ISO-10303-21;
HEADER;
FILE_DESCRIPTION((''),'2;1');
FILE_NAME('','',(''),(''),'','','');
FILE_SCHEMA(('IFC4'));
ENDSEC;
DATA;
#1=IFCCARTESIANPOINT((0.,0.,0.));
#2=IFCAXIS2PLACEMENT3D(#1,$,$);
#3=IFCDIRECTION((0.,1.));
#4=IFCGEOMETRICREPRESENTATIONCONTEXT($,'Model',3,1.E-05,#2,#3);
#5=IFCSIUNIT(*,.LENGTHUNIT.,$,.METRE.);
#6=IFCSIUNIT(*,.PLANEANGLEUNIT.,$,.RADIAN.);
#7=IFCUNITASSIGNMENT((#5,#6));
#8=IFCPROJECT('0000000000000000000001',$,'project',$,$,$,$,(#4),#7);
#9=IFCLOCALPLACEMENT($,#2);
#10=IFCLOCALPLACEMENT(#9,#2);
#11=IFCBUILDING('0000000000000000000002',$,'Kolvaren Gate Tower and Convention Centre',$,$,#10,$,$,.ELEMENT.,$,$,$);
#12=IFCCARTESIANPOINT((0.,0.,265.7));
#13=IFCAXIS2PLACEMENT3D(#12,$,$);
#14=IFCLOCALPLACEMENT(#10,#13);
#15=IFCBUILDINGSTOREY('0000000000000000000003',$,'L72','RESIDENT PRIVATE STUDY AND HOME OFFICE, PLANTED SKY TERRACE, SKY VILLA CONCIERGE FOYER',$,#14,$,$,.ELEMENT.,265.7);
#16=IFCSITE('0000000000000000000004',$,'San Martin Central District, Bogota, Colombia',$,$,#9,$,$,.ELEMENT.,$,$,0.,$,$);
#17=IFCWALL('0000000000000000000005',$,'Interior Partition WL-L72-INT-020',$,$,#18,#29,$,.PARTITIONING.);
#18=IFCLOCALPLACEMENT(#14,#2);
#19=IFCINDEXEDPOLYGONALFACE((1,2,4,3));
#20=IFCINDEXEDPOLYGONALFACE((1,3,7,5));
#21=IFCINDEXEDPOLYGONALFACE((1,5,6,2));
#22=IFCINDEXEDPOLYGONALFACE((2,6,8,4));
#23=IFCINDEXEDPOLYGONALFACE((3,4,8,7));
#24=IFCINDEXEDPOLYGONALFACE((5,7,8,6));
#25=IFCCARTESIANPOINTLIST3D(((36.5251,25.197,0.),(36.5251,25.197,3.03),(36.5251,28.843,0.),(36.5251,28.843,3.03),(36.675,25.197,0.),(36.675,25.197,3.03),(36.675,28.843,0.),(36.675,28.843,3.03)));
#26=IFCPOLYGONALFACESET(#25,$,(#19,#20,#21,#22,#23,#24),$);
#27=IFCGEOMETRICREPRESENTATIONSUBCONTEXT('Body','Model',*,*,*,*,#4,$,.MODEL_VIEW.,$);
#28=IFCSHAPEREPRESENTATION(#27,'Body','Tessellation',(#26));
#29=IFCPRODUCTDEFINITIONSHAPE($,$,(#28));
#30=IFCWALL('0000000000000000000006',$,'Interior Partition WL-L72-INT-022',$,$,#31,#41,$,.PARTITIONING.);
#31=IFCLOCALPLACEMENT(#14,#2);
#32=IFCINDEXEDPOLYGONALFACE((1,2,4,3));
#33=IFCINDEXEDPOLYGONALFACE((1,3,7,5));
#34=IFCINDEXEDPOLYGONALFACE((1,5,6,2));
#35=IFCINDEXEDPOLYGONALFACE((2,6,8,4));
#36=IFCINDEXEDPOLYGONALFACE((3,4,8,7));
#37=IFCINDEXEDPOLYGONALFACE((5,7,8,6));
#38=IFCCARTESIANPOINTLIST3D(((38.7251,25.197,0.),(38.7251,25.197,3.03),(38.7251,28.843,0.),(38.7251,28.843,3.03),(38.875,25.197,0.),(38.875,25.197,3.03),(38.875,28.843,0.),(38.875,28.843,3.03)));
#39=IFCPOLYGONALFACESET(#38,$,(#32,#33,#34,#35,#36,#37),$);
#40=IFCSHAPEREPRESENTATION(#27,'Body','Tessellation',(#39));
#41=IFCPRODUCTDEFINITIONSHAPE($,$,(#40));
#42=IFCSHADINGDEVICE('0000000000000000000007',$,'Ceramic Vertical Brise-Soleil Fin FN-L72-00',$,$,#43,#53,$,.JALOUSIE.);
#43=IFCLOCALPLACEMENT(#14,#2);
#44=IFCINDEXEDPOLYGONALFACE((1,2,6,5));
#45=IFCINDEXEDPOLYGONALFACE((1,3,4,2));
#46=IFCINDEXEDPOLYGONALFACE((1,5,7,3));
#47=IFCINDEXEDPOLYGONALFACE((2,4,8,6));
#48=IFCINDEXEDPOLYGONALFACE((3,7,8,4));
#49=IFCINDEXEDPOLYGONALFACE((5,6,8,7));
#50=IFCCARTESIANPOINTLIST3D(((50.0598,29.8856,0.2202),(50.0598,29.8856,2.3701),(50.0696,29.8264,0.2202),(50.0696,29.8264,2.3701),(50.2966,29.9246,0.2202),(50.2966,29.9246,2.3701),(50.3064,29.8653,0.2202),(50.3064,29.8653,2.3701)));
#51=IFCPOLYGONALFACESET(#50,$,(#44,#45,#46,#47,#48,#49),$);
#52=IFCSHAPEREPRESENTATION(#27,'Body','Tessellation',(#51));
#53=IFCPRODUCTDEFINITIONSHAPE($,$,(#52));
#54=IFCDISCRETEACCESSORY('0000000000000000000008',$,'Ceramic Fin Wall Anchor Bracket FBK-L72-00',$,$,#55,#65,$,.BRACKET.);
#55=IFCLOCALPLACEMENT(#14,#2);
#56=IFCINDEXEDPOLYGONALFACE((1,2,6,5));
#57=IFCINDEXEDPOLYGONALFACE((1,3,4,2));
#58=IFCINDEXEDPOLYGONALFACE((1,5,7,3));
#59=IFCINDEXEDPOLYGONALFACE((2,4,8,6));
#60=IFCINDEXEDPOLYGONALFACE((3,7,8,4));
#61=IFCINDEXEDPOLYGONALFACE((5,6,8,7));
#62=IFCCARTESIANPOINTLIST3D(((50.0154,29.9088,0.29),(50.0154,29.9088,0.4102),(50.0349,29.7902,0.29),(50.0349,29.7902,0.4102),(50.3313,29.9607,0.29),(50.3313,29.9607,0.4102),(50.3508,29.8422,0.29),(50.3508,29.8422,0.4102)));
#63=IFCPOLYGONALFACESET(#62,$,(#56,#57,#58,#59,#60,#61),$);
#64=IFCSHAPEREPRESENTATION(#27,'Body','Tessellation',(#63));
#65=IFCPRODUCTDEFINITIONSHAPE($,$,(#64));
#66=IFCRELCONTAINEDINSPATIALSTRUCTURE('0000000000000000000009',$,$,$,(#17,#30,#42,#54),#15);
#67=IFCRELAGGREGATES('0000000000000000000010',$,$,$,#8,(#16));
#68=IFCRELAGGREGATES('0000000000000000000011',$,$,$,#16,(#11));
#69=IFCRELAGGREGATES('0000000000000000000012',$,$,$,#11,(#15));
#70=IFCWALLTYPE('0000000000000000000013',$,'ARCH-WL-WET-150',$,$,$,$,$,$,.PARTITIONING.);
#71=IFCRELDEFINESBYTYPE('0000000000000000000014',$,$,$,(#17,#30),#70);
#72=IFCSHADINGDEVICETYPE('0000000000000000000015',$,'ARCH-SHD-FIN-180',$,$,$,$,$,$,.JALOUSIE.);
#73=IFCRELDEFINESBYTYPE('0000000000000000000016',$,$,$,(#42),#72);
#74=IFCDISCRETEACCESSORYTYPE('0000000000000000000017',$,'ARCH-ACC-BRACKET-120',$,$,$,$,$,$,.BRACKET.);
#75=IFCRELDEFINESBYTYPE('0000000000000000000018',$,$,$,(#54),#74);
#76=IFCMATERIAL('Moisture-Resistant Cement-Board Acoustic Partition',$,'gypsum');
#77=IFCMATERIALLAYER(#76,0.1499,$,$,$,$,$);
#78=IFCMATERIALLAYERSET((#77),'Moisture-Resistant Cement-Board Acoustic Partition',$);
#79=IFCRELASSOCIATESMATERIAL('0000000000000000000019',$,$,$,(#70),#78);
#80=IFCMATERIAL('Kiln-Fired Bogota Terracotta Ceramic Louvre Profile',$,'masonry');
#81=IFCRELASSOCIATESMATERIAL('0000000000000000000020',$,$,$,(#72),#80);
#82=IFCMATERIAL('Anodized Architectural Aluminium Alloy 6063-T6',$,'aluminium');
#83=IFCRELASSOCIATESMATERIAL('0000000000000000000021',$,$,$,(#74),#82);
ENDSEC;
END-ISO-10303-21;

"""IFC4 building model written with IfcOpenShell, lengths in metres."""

from ifc_helpers import new_model, si_unit, direction, frame, frame_2d, origin, origin_2d, place, context, subcontext, project, spatial, rectangle, extrude, material, layer, layer_set, type_object, element, save


model = new_model("IFC4")

# Units and contexts
model_context = context("Model", 3, precision=1e-05, world=origin(), true_north=direction((0.0, 1.0)))
body_context = subcontext(model_context, "Body", "Model", "MODEL_VIEW")
ifc_project = project(units=[si_unit("LENGTHUNIT", "METRE"), si_unit("PLANEANGLEUNIT", "RADIAN")], contexts=[model_context])

# Site, building, storey
site_placement = place(None, origin())
site = spatial("IfcSite", under=ifc_project, at=site_placement, Name="San Martin Central District, Bogota, Colombia", CompositionType="ELEMENT", RefElevation=0.0)
building_placement = place(site_placement, origin())
building = spatial("IfcBuilding", under=site, at=building_placement, Name="Kolvaren Gate Tower and Convention Centre", CompositionType="ELEMENT")
storey_placement = place(building_placement, frame((0.0, 0.0, 265.7)))
storey = spatial("IfcBuildingStorey", under=building, at=storey_placement, Name="L72", Description="RESIDENT PRIVATE STUDY AND HOME OFFICE, PLANTED SKY TERRACE, SKY VILLA CONCIERGE FOYER", CompositionType="ELEMENT", Elevation=265.7)

# Walls
ifc_material_1 = material(Name="Moisture-Resistant Cement-Board Acoustic Partition", Category="gypsum")
ifc_layer_1 = layer(ifc_material_1, 0.1499)
ifc_layer_set_1 = layer_set([ifc_layer_1], Name="Moisture-Resistant Cement-Board Acoustic Partition")
wall_type_1 = type_object("IfcWallType", Name="ARCH-WL-WET-150", PredefinedType="PARTITIONING", material=ifc_layer_set_1)
for number, where, z_axis, x_axis, name in (
    (1, (36.6001, 25.197, 0.0), (0.0, 0.0, 1.0), (0.0, 1.0, 0.0), "Interior Partition WL-L72-INT-020"),
    (2, (38.8, 25.197, 0.0), (0.0, 0.0, 1.0), (0.0, 1.0, 0.0), "Interior Partition WL-L72-INT-022"),
):
    element("IfcWall", number, at=place(storey_placement, frame(where, z_axis=z_axis, x_axis=x_axis)), inside=storey, type_object=wall_type_1, Name=name, PredefinedType="PARTITIONING", context=body_context, shape_type="SweptSolid", body=[
        extrude(rectangle(XDim=3.646, YDim=0.1499, at=frame_2d((1.823, 0.0))), origin(), (0.0, 0.0, 1.0), 3.03),
    ])

# Shading device
ifc_material_2 = material(Name="Kiln-Fired Bogota Terracotta Ceramic Louvre Profile", Category="masonry")
shading_device_type = type_object("IfcShadingDeviceType", Name="ARCH-SHD-FIN-180", PredefinedType="JALOUSIE", material=ifc_material_2)
shading_device_placement = place(storey_placement, frame((50.1831, 29.8755, 0.2202), z_axis=(0.0, 0.0, 1.0), x_axis=(0.162386, -0.986727, 0.0)))
element("IfcShadingDevice", 3, at=shading_device_placement, inside=storey, type_object=shading_device_type, Name="Ceramic Vertical Brise-Soleil Fin FN-L72-00", PredefinedType="JALOUSIE", context=body_context, shape_type="SweptSolid", body=[
    extrude(rectangle(XDim=0.0601, YDim=0.24, at=origin_2d()), origin(), (0.0, 0.0, 1.0), 2.1499),
])

# Discrete accessory
ifc_material_3 = material(Name="Anodized Architectural Aluminium Alloy 6063-T6", Category="aluminium")
discrete_accessory_type = type_object("IfcDiscreteAccessoryType", Name="ARCH-ACC-BRACKET-120", PredefinedType="BRACKET", material=ifc_material_3)
discrete_accessory_placement = place(storey_placement, frame((50.1831, 29.8755, 0.29), z_axis=(0.0, 0.0, 1.0), x_axis=(0.162386, -0.986727, 0.0)))
element("IfcDiscreteAccessory", 4, at=discrete_accessory_placement, inside=storey, type_object=discrete_accessory_type, Name="Ceramic Fin Wall Anchor Bracket FBK-L72-00", PredefinedType="BRACKET", context=body_context, shape_type="SweptSolid", body=[
    extrude(rectangle(XDim=0.1201, YDim=0.3201, at=origin_2d()), origin(), (0.0, 0.0, 1.0), 0.1201),
])

save(model, "model.ifc")
